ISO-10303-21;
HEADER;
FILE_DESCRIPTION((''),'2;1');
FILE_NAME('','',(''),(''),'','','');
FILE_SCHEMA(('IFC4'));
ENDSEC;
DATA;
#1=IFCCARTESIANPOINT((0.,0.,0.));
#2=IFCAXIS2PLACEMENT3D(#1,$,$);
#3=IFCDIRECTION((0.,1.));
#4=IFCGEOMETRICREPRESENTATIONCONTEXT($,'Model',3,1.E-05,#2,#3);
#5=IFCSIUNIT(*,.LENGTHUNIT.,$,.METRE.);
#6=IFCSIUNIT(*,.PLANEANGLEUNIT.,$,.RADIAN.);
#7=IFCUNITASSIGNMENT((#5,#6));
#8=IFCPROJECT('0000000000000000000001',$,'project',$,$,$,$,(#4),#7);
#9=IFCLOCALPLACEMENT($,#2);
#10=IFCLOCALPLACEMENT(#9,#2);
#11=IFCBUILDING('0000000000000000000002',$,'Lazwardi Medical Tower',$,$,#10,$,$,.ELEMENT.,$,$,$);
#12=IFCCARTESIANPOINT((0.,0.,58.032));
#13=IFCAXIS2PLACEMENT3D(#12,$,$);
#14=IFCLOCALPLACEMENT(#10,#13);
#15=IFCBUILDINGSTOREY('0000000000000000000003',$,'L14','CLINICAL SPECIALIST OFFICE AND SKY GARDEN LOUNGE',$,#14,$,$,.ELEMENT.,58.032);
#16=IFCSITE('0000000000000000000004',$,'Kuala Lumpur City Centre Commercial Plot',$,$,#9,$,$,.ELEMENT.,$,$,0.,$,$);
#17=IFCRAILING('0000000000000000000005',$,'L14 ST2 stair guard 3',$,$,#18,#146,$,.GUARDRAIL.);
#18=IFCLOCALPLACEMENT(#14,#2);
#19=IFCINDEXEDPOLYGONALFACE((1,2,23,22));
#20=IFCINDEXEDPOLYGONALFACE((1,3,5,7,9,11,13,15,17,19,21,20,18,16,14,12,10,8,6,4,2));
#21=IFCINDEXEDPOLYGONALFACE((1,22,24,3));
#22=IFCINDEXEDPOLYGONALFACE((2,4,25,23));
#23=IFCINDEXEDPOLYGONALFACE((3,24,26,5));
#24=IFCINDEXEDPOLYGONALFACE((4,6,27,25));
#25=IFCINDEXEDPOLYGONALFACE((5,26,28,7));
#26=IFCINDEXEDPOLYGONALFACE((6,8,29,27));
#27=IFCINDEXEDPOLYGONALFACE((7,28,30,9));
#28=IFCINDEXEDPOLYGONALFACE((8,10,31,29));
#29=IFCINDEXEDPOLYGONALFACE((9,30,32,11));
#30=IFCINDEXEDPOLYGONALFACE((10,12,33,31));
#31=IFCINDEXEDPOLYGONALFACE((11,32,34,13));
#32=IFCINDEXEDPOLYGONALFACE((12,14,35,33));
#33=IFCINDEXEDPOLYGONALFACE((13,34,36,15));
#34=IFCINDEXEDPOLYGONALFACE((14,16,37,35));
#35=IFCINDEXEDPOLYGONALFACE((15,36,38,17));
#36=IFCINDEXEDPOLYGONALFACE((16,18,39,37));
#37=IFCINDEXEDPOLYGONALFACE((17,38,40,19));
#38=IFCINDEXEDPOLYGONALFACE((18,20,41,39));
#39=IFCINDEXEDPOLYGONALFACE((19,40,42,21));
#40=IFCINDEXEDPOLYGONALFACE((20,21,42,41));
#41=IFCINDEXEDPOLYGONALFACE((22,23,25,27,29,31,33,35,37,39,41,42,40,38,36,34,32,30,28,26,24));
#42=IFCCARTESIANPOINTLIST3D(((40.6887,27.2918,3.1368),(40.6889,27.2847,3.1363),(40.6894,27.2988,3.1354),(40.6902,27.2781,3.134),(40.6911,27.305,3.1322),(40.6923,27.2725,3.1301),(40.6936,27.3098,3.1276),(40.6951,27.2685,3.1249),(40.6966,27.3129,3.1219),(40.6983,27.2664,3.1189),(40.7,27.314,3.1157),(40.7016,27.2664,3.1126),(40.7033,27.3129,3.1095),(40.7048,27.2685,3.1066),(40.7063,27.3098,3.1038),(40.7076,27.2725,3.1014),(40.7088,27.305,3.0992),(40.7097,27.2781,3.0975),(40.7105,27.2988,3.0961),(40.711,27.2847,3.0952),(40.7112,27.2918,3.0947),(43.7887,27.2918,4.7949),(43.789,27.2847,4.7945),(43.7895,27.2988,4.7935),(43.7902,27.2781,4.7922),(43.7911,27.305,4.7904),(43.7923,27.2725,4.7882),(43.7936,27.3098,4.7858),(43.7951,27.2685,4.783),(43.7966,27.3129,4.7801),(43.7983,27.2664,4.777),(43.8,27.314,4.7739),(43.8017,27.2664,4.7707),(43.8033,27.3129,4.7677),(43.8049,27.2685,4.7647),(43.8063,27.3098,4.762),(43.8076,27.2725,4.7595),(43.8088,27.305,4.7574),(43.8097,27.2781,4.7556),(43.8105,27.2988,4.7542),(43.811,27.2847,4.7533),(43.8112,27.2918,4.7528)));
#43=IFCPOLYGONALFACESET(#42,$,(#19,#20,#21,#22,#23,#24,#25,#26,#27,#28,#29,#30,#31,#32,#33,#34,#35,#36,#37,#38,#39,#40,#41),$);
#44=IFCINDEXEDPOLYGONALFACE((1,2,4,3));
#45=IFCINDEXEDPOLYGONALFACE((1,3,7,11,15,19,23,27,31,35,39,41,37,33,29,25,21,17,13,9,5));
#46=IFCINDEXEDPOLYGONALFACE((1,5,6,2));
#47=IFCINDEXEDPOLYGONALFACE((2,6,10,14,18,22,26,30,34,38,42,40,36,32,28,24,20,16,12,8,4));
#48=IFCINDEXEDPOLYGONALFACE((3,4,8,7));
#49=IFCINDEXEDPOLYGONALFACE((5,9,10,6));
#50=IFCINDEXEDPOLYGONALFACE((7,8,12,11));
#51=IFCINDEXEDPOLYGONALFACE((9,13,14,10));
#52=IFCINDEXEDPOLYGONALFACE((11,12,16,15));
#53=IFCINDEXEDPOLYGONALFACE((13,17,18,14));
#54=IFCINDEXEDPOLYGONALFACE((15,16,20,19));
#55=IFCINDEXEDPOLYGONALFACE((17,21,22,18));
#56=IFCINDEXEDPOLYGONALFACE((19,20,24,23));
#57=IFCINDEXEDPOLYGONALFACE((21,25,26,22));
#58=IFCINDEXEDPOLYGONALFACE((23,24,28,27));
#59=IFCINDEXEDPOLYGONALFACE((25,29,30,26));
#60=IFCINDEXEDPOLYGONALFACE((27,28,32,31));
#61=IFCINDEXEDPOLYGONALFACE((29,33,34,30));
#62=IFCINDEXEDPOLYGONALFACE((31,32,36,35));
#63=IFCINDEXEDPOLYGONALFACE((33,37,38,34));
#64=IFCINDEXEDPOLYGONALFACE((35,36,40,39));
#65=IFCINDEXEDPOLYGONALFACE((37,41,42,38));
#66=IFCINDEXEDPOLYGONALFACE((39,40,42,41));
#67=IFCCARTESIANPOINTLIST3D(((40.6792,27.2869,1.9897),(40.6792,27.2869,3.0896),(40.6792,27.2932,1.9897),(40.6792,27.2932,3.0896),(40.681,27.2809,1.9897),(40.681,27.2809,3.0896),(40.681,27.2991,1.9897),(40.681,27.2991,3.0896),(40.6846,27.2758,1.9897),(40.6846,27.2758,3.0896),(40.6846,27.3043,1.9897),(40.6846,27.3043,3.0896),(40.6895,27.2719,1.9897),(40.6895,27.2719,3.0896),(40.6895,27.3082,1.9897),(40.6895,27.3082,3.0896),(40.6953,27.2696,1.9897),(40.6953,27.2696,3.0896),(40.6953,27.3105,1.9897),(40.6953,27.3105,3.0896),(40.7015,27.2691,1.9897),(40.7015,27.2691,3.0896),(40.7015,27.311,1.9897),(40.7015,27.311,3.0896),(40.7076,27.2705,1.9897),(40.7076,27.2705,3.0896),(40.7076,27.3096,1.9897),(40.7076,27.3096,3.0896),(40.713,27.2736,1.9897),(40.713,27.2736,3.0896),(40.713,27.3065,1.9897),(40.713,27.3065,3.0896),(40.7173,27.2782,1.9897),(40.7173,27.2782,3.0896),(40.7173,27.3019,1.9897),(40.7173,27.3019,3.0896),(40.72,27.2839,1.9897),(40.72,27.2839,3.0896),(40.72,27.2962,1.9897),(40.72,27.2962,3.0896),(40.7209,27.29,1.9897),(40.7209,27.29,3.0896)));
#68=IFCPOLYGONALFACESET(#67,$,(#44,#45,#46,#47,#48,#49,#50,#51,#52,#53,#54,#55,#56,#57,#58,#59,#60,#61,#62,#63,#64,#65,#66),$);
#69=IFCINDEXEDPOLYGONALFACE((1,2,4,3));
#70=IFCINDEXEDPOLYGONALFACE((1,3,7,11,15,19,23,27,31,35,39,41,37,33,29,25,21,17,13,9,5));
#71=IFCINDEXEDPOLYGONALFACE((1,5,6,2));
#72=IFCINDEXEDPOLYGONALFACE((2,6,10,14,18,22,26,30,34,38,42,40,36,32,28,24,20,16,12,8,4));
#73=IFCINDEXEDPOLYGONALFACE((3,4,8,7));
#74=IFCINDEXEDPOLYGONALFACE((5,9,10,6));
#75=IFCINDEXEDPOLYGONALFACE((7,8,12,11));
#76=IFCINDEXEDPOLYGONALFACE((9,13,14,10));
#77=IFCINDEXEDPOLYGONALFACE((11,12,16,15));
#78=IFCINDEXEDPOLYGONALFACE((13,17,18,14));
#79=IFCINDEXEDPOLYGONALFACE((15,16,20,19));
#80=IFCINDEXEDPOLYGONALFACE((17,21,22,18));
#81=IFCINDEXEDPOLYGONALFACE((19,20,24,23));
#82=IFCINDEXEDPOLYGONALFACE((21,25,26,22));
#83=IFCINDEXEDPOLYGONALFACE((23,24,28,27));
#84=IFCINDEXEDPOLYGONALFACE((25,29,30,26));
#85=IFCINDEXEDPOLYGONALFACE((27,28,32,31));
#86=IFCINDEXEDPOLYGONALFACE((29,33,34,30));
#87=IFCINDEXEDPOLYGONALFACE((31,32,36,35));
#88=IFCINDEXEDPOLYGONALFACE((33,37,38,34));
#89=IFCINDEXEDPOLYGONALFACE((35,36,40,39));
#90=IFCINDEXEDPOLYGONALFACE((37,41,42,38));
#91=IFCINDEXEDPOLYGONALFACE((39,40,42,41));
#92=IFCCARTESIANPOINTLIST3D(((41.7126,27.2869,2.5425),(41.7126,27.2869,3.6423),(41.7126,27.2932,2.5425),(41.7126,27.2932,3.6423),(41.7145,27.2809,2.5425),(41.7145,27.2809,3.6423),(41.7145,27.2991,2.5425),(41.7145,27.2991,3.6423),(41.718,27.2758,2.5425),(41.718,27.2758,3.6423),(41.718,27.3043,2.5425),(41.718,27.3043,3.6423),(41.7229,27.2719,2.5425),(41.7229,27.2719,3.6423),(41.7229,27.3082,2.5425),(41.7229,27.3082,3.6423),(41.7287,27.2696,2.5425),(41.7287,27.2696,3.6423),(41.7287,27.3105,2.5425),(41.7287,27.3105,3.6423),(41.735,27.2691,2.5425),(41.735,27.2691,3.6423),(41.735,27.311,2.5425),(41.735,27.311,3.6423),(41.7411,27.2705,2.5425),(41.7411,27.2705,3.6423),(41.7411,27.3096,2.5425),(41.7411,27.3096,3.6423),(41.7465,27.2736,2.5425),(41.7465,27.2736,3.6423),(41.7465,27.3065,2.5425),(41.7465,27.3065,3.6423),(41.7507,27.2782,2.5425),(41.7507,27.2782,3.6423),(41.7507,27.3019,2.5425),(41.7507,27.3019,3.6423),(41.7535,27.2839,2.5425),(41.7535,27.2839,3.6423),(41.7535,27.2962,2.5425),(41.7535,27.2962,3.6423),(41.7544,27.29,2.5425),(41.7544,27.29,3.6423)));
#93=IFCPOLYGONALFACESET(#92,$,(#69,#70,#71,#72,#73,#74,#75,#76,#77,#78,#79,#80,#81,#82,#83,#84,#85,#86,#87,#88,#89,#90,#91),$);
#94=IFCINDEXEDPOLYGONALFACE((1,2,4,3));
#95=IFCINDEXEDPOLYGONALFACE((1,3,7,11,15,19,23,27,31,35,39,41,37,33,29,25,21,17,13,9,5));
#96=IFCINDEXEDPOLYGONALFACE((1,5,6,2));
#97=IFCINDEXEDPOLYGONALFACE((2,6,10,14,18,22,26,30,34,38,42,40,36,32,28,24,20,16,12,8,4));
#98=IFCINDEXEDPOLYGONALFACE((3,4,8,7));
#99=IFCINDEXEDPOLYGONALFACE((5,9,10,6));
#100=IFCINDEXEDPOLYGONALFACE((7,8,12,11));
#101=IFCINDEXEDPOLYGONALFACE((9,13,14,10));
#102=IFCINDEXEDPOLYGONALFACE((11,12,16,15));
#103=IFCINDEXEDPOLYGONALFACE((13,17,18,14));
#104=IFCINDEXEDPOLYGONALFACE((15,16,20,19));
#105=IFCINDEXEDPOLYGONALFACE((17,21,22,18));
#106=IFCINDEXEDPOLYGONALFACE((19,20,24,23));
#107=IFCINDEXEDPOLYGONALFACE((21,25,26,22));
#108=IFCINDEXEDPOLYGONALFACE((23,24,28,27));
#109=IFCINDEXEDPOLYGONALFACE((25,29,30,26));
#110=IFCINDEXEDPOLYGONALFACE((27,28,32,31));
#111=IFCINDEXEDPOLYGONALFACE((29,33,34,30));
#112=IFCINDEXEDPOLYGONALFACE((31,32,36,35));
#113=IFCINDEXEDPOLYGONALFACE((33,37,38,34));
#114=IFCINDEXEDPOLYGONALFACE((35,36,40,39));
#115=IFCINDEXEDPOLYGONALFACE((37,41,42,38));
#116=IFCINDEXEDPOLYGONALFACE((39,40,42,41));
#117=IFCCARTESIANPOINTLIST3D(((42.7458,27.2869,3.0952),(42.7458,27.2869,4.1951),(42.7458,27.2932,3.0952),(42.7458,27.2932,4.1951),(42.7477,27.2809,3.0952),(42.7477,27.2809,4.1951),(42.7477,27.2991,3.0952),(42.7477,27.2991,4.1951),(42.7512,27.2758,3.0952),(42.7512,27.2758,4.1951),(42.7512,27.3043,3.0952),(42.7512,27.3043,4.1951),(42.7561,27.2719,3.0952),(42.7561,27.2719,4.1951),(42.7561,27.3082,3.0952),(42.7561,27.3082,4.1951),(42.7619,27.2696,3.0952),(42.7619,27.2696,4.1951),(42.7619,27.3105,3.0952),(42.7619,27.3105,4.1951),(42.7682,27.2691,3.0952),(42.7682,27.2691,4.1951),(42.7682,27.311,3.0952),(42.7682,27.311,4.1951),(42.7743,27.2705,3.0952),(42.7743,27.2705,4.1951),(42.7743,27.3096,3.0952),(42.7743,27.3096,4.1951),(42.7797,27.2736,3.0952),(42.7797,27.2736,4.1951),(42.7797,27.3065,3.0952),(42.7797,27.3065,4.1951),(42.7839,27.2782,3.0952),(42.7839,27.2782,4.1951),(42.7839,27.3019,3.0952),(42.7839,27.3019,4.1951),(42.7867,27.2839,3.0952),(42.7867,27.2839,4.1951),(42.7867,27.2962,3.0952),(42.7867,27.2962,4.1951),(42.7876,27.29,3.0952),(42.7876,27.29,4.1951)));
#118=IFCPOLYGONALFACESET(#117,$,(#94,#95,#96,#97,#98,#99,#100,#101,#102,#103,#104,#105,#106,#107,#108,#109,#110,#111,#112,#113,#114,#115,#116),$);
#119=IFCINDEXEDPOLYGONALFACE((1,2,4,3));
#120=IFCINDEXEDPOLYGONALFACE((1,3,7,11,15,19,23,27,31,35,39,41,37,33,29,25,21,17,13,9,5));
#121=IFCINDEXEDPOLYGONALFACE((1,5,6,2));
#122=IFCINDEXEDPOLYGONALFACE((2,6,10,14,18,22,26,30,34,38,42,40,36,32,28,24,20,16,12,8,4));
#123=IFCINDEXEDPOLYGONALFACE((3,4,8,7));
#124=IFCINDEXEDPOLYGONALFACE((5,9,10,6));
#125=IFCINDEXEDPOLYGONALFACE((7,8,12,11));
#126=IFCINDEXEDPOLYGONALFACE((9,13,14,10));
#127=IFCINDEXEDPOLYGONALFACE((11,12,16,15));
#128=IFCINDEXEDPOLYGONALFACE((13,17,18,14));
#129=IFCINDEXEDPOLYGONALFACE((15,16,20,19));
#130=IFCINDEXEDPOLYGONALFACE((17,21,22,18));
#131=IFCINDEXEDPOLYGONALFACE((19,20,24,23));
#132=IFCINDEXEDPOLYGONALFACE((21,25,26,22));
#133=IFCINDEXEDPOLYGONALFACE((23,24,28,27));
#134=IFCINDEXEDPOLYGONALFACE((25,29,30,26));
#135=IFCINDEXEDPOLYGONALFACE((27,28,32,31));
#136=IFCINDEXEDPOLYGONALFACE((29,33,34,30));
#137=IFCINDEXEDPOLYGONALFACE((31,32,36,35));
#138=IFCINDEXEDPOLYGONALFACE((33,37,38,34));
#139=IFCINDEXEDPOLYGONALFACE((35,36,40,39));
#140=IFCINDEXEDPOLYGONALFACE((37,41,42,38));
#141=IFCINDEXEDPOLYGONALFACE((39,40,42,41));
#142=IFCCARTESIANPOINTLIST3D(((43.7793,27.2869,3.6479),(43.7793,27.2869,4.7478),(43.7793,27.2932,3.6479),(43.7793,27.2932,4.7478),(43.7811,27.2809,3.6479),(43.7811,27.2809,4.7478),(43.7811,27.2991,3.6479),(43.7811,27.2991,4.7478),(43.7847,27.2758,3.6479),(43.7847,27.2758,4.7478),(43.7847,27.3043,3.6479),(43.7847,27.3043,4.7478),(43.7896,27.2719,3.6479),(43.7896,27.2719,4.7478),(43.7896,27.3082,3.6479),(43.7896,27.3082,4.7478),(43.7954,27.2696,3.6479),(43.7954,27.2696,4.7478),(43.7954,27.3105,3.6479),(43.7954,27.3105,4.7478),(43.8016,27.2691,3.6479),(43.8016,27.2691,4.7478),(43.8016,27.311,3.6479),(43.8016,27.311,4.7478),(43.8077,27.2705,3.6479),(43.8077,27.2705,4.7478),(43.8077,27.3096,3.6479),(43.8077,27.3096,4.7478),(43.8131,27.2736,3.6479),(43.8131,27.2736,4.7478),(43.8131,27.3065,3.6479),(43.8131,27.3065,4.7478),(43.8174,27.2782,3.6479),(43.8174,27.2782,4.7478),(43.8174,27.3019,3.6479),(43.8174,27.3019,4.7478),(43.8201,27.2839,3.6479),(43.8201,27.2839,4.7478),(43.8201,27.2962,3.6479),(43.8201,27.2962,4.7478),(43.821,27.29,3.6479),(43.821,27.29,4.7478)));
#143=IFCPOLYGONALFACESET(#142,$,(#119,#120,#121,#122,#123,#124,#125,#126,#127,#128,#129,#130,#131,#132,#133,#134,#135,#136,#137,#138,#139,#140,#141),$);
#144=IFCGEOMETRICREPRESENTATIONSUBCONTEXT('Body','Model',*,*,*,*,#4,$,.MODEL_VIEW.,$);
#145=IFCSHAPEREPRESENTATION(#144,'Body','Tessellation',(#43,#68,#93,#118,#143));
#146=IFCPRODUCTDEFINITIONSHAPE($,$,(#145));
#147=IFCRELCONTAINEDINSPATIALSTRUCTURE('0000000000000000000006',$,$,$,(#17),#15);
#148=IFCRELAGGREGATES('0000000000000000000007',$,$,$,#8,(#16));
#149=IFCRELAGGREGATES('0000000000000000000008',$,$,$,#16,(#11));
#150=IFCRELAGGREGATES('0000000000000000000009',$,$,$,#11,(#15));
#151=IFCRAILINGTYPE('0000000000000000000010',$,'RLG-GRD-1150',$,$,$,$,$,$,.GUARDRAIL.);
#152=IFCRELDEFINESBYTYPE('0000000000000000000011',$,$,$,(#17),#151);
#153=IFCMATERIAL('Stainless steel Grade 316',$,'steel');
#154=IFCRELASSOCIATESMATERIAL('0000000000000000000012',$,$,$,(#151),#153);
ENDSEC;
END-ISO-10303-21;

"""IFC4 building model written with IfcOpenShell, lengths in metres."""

from ifc_helpers import new_model, si_unit, direction, frame, origin, origin_2d, place, context, subcontext, project, spatial, circle, extrude, material, type_object, element, save


model = new_model("IFC4")

# Units and contexts
model_context = context("Model", 3, precision=1e-05, world=origin(), true_north=direction((0.0, 1.0)))
body_context = subcontext(model_context, "Body", "Model", "MODEL_VIEW")
ifc_project = project(units=[si_unit("LENGTHUNIT", "METRE"), si_unit("PLANEANGLEUNIT", "RADIAN")], contexts=[model_context])

# Site, building, storey
site_placement = place(None, origin())
site = spatial("IfcSite", under=ifc_project, at=site_placement, Name="Kuala Lumpur City Centre Commercial Plot", CompositionType="ELEMENT", RefElevation=0.0)
building_placement = place(site_placement, origin())
building = spatial("IfcBuilding", under=site, at=building_placement, Name="Lazwardi Medical Tower", CompositionType="ELEMENT")
storey_placement = place(building_placement, frame((0.0, 0.0, 58.032)))
storey = spatial("IfcBuildingStorey", under=building, at=storey_placement, Name="L14", Description="CLINICAL SPECIALIST OFFICE AND SKY GARDEN LOUNGE", CompositionType="ELEMENT", Elevation=58.032)

# Railing
ifc_material_1 = material(Name="Stainless steel Grade 316", Category="steel")
railing_type_1 = type_object("IfcRailingType", Name="RLG-GRD-1150", PredefinedType="GUARDRAIL", material=ifc_material_1)
railing_1_placement = place(storey_placement, frame((40.7, 27.29, 1.9897)))
element("IfcRailing", 1, at=railing_1_placement, inside=storey, type_object=railing_type_1, Name="L14 ST2 stair guard 3", PredefinedType="GUARDRAIL", context=body_context, shape_type="SweptSolid", body=[
    extrude(circle(Radius=0.0239, at=origin_2d()), frame((0.0, 0.0, 1.126), z_axis=(0.881783, 0.0, 0.471655), x_axis=(0.0, 1.0, 0.0)), (0.0, 0.0, 1.0), 3.5156),
    extrude(circle(Radius=0.021, at=origin_2d()), origin(), (0.0, 0.0, 1.0), 1.0999),
    extrude(circle(Radius=0.021, at=origin_2d()), frame((1.0334, 0.0, 0.5527)), (0.0, 0.0, 1.0), 1.0999),
    extrude(circle(Radius=0.021, at=origin_2d()), frame((2.0667, 0.0, 1.1055)), (0.0, 0.0, 1.0), 1.0999),
    extrude(circle(Radius=0.021, at=origin_2d()), frame((3.1001, 0.0, 1.6582)), (0.0, 0.0, 1.0), 1.0999),
])

save(model, "model.ifc")
